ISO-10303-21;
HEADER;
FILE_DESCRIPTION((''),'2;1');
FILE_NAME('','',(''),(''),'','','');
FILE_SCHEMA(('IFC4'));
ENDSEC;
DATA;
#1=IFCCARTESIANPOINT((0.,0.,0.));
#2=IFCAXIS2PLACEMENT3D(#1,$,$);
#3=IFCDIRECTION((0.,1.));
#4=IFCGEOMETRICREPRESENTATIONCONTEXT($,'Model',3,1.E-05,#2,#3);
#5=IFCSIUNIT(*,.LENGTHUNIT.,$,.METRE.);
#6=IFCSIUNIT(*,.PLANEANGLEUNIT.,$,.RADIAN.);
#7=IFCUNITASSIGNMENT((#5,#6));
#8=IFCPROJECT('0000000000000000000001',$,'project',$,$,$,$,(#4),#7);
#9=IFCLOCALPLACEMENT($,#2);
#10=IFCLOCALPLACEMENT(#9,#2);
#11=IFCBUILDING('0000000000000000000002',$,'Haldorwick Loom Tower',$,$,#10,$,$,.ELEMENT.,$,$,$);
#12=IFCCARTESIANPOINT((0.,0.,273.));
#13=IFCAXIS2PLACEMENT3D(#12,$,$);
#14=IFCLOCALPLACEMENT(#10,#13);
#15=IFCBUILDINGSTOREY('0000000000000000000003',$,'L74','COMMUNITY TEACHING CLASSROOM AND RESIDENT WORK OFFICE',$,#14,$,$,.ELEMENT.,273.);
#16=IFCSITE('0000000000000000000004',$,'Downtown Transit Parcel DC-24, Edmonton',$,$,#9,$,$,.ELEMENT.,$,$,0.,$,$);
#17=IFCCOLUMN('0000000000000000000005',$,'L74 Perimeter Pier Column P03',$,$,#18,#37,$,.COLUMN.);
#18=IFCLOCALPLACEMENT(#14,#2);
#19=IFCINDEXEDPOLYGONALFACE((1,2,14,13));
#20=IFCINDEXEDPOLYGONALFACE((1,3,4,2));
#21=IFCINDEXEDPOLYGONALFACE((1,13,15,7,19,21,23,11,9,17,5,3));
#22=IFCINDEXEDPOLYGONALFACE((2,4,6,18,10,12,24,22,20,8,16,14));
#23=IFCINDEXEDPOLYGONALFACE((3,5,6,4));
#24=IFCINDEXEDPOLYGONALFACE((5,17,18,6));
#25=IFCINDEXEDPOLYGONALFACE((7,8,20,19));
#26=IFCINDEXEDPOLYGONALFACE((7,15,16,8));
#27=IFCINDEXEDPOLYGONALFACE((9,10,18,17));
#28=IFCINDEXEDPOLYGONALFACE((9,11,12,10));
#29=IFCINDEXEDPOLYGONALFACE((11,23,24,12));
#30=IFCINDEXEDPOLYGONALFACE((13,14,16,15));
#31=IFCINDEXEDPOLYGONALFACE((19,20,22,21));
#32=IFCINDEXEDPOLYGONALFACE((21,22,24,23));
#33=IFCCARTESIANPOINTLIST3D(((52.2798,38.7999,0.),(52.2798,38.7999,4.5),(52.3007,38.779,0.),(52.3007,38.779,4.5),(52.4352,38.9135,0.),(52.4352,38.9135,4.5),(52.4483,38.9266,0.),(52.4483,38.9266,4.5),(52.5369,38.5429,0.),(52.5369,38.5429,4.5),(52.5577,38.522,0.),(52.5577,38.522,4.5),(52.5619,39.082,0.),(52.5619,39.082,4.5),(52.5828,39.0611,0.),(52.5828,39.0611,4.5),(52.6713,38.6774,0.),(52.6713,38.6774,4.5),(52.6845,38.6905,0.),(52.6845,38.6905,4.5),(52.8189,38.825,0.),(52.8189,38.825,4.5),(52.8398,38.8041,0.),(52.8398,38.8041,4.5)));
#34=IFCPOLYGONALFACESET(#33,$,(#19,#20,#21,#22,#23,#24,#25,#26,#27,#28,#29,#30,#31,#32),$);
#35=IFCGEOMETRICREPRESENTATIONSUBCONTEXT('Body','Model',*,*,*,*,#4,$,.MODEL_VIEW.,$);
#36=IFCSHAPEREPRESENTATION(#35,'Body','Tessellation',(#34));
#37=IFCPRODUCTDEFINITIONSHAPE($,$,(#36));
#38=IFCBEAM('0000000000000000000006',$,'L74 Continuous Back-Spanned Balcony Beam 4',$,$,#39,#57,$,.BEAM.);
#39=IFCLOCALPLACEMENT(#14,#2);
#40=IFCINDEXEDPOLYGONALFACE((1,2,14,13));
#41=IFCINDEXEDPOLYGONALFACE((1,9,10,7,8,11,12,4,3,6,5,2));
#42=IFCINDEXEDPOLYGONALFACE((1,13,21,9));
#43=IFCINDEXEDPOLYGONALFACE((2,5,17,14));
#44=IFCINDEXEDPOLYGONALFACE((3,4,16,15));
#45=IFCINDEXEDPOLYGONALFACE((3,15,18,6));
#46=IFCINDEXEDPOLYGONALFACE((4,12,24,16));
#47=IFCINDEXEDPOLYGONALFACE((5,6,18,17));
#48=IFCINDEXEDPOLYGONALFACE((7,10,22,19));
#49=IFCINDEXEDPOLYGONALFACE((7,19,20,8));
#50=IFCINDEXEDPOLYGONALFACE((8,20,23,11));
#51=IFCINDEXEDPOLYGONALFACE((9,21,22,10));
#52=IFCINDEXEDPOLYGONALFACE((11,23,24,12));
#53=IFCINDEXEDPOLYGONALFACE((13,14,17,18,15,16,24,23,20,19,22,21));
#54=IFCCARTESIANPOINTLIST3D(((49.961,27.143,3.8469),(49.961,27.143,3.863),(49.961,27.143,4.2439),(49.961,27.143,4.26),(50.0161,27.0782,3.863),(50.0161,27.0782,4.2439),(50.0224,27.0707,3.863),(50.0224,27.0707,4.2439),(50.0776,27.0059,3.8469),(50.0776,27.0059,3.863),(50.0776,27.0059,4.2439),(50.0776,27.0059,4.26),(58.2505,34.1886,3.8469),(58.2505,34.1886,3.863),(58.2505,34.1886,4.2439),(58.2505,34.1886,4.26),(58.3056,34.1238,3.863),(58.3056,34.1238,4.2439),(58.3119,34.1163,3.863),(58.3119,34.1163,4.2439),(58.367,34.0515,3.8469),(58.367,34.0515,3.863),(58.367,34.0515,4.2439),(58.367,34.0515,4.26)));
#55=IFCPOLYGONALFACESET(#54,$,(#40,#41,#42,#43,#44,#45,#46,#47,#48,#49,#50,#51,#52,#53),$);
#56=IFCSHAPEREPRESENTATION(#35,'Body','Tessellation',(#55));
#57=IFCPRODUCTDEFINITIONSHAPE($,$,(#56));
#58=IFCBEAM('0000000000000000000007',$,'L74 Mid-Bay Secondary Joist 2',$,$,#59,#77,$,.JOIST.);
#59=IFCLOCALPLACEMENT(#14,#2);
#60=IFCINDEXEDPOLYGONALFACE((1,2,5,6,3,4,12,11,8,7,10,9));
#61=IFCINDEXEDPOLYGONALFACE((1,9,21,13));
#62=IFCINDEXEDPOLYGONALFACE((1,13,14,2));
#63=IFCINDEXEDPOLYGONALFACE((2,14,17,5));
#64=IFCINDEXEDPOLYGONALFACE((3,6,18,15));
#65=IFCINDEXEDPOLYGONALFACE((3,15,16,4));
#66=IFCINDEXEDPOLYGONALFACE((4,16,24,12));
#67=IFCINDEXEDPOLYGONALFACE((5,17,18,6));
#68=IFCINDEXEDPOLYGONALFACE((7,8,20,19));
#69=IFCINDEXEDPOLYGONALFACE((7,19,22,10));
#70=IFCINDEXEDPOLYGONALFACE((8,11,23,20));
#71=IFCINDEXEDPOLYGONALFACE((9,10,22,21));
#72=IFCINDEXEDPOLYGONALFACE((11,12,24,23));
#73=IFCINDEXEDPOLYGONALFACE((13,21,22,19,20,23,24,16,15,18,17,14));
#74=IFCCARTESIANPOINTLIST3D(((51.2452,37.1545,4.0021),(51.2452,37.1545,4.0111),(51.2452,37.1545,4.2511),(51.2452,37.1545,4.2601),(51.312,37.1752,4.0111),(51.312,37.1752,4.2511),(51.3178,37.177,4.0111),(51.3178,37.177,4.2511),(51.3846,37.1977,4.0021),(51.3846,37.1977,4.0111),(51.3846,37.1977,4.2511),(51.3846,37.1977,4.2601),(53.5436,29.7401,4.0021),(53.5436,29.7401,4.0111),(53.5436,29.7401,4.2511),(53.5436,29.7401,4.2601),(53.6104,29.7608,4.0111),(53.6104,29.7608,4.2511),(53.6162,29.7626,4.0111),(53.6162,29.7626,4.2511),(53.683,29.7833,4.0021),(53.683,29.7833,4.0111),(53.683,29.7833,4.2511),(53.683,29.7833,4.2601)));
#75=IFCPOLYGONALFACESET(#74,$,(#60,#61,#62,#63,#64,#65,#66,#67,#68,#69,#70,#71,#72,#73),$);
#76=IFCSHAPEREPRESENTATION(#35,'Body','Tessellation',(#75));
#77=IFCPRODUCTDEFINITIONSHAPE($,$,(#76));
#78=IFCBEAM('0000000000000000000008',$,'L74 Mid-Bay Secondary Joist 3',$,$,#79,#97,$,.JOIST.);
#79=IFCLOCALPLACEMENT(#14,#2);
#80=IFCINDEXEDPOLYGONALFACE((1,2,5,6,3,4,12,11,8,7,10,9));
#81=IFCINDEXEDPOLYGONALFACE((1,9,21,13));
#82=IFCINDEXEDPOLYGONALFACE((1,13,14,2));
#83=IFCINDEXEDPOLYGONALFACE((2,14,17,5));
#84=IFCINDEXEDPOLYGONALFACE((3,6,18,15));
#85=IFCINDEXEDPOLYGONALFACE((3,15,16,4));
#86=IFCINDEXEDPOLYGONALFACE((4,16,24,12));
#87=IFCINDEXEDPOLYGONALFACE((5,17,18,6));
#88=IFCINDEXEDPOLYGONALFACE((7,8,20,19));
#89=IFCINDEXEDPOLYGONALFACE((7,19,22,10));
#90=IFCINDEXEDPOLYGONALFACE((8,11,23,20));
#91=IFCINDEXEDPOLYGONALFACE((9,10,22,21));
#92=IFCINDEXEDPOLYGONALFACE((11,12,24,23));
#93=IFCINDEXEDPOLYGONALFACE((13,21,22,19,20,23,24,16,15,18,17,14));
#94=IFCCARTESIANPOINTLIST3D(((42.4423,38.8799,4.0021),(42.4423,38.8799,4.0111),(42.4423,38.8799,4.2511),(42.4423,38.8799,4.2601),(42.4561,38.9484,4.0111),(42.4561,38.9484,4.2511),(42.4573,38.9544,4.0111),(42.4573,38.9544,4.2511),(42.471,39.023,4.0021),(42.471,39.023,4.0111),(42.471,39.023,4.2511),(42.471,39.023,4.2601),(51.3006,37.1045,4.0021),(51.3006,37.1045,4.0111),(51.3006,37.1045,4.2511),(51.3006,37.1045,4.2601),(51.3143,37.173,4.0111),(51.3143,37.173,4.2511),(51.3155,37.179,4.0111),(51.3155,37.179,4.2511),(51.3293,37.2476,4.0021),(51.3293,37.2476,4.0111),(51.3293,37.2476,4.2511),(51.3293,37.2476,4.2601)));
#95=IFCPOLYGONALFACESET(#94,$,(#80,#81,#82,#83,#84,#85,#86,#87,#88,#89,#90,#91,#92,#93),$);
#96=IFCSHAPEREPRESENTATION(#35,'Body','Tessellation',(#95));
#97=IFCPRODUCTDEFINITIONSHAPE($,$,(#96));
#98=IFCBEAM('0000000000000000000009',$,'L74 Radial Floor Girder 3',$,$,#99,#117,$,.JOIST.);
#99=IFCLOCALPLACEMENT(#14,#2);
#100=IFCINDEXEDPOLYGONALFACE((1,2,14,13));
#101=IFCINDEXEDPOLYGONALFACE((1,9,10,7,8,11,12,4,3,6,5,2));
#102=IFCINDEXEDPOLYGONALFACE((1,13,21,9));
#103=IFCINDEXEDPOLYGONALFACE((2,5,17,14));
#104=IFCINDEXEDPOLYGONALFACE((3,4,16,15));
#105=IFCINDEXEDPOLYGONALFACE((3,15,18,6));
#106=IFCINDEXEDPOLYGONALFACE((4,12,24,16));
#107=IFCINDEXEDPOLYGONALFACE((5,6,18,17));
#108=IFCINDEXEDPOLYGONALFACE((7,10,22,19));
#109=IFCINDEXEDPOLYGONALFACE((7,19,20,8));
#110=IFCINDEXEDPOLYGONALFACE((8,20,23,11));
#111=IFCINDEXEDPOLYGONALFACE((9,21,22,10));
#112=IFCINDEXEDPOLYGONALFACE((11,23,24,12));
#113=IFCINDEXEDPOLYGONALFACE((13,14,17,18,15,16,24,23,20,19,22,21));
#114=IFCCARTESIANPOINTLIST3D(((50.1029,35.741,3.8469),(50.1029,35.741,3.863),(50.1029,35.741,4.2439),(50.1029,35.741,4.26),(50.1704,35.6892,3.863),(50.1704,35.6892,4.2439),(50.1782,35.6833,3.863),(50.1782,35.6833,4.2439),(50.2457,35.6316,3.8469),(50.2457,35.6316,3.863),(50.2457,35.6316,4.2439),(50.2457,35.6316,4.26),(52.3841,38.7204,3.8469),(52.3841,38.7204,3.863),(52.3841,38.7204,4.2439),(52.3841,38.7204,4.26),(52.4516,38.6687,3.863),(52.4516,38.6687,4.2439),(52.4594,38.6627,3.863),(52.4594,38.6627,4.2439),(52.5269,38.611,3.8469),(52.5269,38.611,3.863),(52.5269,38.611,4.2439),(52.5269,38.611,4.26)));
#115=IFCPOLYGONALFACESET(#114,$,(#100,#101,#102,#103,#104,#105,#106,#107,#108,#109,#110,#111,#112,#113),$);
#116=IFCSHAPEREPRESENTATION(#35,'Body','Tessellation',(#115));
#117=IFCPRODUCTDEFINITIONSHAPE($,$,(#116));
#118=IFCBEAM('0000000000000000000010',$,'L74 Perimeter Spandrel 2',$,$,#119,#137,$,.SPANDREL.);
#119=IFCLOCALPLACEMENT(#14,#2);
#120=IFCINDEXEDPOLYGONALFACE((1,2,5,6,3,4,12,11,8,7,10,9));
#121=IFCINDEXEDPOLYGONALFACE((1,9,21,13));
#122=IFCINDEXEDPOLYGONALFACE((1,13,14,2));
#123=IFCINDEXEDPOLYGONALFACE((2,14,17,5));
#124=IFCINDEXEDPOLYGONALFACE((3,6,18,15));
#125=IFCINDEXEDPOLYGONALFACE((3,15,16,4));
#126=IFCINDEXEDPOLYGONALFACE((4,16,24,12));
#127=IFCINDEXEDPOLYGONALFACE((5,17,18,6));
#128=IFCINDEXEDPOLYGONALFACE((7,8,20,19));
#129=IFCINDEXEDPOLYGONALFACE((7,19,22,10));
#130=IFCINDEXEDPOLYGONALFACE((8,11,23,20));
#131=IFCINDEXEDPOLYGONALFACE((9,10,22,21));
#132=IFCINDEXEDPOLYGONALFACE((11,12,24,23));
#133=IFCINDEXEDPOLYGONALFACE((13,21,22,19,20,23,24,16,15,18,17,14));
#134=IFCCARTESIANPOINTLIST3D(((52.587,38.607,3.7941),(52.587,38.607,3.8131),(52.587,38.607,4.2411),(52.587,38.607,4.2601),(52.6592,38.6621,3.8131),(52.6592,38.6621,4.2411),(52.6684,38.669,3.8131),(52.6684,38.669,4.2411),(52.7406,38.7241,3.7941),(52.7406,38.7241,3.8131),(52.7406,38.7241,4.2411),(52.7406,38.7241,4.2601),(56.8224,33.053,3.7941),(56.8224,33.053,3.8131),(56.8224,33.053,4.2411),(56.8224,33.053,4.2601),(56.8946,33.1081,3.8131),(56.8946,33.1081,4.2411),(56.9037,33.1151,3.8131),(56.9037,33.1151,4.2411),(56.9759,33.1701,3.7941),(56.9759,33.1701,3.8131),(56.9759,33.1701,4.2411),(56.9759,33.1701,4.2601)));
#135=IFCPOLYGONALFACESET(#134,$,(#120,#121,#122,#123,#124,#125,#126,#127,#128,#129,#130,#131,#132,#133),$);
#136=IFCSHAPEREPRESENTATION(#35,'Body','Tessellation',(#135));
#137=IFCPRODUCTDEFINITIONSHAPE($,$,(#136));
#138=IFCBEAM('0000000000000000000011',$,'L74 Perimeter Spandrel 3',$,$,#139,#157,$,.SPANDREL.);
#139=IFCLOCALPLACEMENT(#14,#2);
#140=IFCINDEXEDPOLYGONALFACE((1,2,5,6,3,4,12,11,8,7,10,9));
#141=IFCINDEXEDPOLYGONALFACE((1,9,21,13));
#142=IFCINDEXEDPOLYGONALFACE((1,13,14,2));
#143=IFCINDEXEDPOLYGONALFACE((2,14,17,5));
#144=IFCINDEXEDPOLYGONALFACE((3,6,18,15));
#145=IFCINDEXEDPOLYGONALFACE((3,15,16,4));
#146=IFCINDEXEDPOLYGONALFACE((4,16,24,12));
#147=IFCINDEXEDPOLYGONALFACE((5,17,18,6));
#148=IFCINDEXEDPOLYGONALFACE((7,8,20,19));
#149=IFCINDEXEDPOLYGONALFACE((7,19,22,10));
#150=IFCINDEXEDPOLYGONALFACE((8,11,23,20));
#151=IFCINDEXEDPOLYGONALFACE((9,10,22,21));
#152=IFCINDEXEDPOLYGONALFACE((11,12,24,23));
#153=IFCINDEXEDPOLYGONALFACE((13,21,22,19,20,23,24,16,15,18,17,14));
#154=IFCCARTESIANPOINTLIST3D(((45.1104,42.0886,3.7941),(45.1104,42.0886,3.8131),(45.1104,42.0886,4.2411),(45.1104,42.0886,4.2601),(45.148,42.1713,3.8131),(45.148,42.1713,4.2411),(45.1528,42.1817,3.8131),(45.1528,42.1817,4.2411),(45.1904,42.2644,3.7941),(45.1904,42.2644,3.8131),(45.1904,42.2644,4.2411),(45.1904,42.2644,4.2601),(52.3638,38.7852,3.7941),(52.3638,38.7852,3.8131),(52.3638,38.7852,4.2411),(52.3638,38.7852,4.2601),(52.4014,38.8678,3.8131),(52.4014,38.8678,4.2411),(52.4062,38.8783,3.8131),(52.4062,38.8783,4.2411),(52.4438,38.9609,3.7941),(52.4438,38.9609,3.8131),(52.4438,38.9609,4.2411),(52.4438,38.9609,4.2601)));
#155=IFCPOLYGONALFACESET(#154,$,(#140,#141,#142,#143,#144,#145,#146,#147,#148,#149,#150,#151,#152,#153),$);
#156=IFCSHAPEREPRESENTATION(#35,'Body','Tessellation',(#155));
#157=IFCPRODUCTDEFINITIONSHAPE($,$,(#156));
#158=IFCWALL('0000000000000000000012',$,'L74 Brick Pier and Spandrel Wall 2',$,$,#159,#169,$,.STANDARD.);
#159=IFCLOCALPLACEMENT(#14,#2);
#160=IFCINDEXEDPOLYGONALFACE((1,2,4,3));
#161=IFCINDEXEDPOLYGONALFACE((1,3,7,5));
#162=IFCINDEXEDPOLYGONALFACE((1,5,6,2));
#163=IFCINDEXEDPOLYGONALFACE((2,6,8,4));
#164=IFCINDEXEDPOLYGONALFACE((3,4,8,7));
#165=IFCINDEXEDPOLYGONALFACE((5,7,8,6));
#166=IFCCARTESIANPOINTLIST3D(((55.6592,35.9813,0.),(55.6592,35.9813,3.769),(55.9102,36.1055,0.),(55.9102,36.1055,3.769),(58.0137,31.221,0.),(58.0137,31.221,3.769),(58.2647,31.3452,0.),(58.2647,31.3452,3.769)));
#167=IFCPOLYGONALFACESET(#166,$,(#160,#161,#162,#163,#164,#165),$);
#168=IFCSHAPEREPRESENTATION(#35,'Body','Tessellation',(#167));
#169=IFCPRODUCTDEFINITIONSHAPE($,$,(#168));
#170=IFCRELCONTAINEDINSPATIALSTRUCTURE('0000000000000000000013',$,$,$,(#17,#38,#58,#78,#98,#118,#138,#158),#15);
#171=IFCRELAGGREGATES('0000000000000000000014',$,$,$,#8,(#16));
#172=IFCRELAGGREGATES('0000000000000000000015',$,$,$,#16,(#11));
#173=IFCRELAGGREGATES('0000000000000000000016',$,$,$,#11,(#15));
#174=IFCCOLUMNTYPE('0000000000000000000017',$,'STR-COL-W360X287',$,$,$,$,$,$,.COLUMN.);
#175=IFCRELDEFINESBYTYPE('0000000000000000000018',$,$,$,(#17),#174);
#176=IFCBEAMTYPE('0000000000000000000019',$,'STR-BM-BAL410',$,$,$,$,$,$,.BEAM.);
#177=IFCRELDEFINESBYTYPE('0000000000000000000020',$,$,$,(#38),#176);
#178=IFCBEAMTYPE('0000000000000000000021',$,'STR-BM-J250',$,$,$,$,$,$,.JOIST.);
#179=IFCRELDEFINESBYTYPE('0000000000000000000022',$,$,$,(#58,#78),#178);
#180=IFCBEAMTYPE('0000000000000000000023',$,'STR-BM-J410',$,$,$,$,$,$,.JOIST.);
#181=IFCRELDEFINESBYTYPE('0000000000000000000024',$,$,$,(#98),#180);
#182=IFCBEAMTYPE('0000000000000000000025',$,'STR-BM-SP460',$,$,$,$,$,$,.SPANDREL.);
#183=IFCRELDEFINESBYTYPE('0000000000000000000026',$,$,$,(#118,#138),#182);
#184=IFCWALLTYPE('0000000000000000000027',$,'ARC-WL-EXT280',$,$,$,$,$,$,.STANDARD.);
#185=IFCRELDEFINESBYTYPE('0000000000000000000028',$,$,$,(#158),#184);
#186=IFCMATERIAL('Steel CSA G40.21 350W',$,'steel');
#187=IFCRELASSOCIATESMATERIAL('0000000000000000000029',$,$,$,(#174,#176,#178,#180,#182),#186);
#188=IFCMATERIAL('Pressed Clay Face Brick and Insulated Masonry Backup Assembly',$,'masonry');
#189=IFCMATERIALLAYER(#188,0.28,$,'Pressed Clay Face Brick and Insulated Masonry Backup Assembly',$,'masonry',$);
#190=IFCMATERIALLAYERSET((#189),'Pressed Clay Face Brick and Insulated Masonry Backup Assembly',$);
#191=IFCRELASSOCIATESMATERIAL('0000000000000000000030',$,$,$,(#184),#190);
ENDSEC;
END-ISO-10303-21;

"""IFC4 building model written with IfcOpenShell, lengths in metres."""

from ifc_helpers import new_model, si_unit, direction, frame, frame_2d, origin, origin_2d, place, context, subcontext, project, spatial, rectangle, i_section, extrude, material, layer, layer_set, material_profile, profile_set, type_object, element, save


model = new_model("IFC4")

# Units and contexts
model_context = context("Model", 3, precision=1e-05, world=origin(), true_north=direction((0.0, 1.0)))
body_context = subcontext(model_context, "Body", "Model", "MODEL_VIEW")
ifc_project = project(units=[si_unit("LENGTHUNIT", "METRE"), si_unit("PLANEANGLEUNIT", "RADIAN")], contexts=[model_context])

# Site, building, storey
site_placement = place(None, origin())
site = spatial("IfcSite", under=ifc_project, at=site_placement, Name="Downtown Transit Parcel DC-24, Edmonton", CompositionType="ELEMENT", RefElevation=0.0)
building_placement = place(site_placement, origin())
building = spatial("IfcBuilding", under=site, at=building_placement, Name="Haldorwick Loom Tower", CompositionType="ELEMENT")
storey_placement = place(building_placement, frame((0.0, 0.0, 273.0)))
storey = spatial("IfcBuildingStorey", under=building, at=storey_placement, Name="L74", Description="COMMUNITY TEACHING CLASSROOM AND RESIDENT WORK OFFICE", CompositionType="ELEMENT", Elevation=273.0)

# Column
ifc_material_1 = material(Name="Steel CSA G40.21 350W", Category="steel")
ifc_material_profile_1 = material_profile(ifc_material_1, i_section(OverallWidth=0.3989, OverallDepth=0.3931, WebThickness=0.0186, FlangeThickness=0.0295, at=origin_2d()), Name="W360X287", Category="steel")
ifc_profile_set_1 = profile_set([ifc_material_profile_1], Name="Steel CSA G40.21 350W")
column_type_1 = type_object("IfcColumnType", Name="STR-COL-W360X287", PredefinedType="COLUMN", material=ifc_profile_set_1)
for number, where, z_axis, x_axis, name in (
    (1, (52.5598, 38.802, 0.0), (0.0, 0.0, 1.0), (0.707107, 0.707107, 0.0), "L74 Perimeter Pier Column P03"),
):
    element("IfcColumn", number, at=place(storey_placement, frame(where, z_axis=z_axis, x_axis=x_axis)), inside=storey, type_object=column_type_1, Name=name, PredefinedType="COLUMN", context=body_context, shape_type="SweptSolid", body=[
        extrude(i_section(OverallWidth=0.3989, OverallDepth=0.3931, WebThickness=0.0186, FlangeThickness=0.0295, at=origin_2d()), origin(), (0.0, 0.0, 1.0), 4.5),
    ])

# Beams
ifc_material_profile_2 = material_profile(ifc_material_1, i_section(OverallWidth=0.1799, OverallDepth=0.4131, WebThickness=0.0098, FlangeThickness=0.0161, at=origin_2d()), Name="W410X74", Category="steel")
ifc_profile_set_2 = profile_set([ifc_material_profile_2], Name="Steel CSA G40.21 350W")
beam_type_1 = type_object("IfcBeamType", Name="STR-BM-BAL410", PredefinedType="BEAM", material=ifc_profile_set_2)
beam_1_placement = place(storey_placement, frame((50.0193, 27.0745, 4.0535), z_axis=(0.76196, 0.647624, 0.0), x_axis=(-0.647624, 0.76196, 0.0)))
element("IfcBeam", 2, at=beam_1_placement, inside=storey, type_object=beam_type_1, Name="L74 Continuous Back-Spanned Balcony Beam 4", PredefinedType="BEAM", context=body_context, shape_type="SweptSolid", body=[
    extrude(i_section(OverallWidth=0.1799, OverallDepth=0.4131, WebThickness=0.0098, FlangeThickness=0.0161, at=origin_2d()), origin(), (0.0, 0.0, 1.0), 10.8792),
])
ifc_material_profile_3 = material_profile(ifc_material_1, i_section(OverallWidth=0.146, OverallDepth=0.2581, WebThickness=0.0061, FlangeThickness=0.009, at=origin_2d()), Name="W250X33", Category="steel")
ifc_profile_set_3 = profile_set([ifc_material_profile_3], Name="Steel CSA G40.21 350W")
beam_type_2 = type_object("IfcBeamType", Name="STR-BM-J250", PredefinedType="JOIST", material=ifc_profile_set_3)
beam_2_placement = place(storey_placement, frame((53.6133, 29.7617, 4.1311), z_axis=(-0.296088, 0.955161, 0.0), x_axis=(-0.955161, -0.296088, 0.0)))
element("IfcBeam", 3, at=beam_2_placement, inside=storey, type_object=beam_type_2, Name="L74 Mid-Bay Secondary Joist 2", PredefinedType="JOIST", context=body_context, shape_type="SweptSolid", body=[
    extrude(i_section(OverallWidth=0.146, OverallDepth=0.2581, WebThickness=0.0061, FlangeThickness=0.009, at=origin_2d()), origin(), (0.0, 0.0, 1.0), 7.7625),
])
beam_3_placement = place(storey_placement, frame((51.3149, 37.176, 4.1311), z_axis=(-0.980501, 0.196516, 0.0), x_axis=(-0.196516, -0.980501, 0.0)))
element("IfcBeam", 4, at=beam_3_placement, inside=storey, type_object=beam_type_2, Name="L74 Mid-Bay Secondary Joist 3", PredefinedType="JOIST", context=body_context, shape_type="SweptSolid", body=[
    extrude(i_section(OverallWidth=0.146, OverallDepth=0.2581, WebThickness=0.0061, FlangeThickness=0.009, at=origin_2d()), origin(), (0.0, 0.0, 1.0), 9.0344),
])
ifc_material_profile_4 = material_profile(ifc_material_1, i_section(OverallWidth=0.1799, OverallDepth=0.4131, WebThickness=0.0098, FlangeThickness=0.0161, at=origin_2d()), Name="W410X74", Category="steel")
ifc_profile_set_4 = profile_set([ifc_material_profile_4], Name="Steel CSA G40.21 350W")
beam_type_3 = type_object("IfcBeamType", Name="STR-BM-J410", PredefinedType="JOIST", material=ifc_profile_set_4)
beam_4_placement = place(storey_placement, frame((50.1743, 35.6863, 4.0535), z_axis=(0.607923, 0.793996, 0.0), x_axis=(-0.793996, 0.607923, 0.0)))
element("IfcBeam", 5, at=beam_4_placement, inside=storey, type_object=beam_type_3, Name="L74 Radial Floor Girder 3", PredefinedType="JOIST", context=body_context, shape_type="SweptSolid", body=[
    extrude(i_section(OverallWidth=0.1799, OverallDepth=0.4131, WebThickness=0.0098, FlangeThickness=0.0161, at=origin_2d()), origin(), (0.0, 0.0, 1.0), 3.7524),
])
ifc_material_profile_5 = material_profile(ifc_material_1, i_section(OverallWidth=0.1931, OverallDepth=0.4661, WebThickness=0.0115, FlangeThickness=0.019, at=origin_2d()), Name="W460X97", Category="steel")
ifc_profile_set_5 = profile_set([ifc_material_profile_5], Name="Steel CSA G40.21 350W")
beam_type_4 = type_object("IfcBeamType", Name="STR-BM-SP460", PredefinedType="SPANDREL", material=ifc_profile_set_5)
beam_5_placement = place(storey_placement, frame((56.8992, 33.1116, 4.0271), z_axis=(-0.606384, 0.795172, 0.0), x_axis=(-0.795172, -0.606384, 0.0)))
element("IfcBeam", 6, at=beam_5_placement, inside=storey, type_object=beam_type_4, Name="L74 Perimeter Spandrel 2", PredefinedType="SPANDREL", context=body_context, shape_type="SweptSolid", body=[
    extrude(i_section(OverallWidth=0.1931, OverallDepth=0.4661, WebThickness=0.0115, FlangeThickness=0.019, at=origin_2d()), origin(), (0.0, 0.0, 1.0), 6.9846),
])
beam_6_placement = place(storey_placement, frame((52.4038, 38.873, 4.0271), z_axis=(-0.910061, 0.414474, 0.0), x_axis=(-0.414474, -0.910061, 0.0)))
element("IfcBeam", 7, at=beam_6_placement, inside=storey, type_object=beam_type_4, Name="L74 Perimeter Spandrel 3", PredefinedType="SPANDREL", context=body_context, shape_type="SweptSolid", body=[
    extrude(i_section(OverallWidth=0.1931, OverallDepth=0.4661, WebThickness=0.0115, FlangeThickness=0.019, at=origin_2d()), origin(), (0.0, 0.0, 1.0), 7.9702),
])

# Wall
ifc_material_2 = material(Name="Pressed Clay Face Brick and Insulated Masonry Backup Assembly", Category="masonry")
ifc_layer_1 = layer(ifc_material_2, 0.28, Name="Pressed Clay Face Brick and Insulated Masonry Backup Assembly", Category="masonry")
ifc_layer_set_1 = layer_set([ifc_layer_1], Name="Pressed Clay Face Brick and Insulated Masonry Backup Assembly")
wall_type_1 = type_object("IfcWallType", Name="ARC-WL-EXT280", PredefinedType="STANDARD", material=ifc_layer_set_1)
wall_1_placement = place(storey_placement, frame((58.1392, 31.2832, 0.0), z_axis=(0.0, 0.0, 1.0), x_axis=(-0.443348, 0.89635, 0.0)))
element("IfcWall", 8, at=wall_1_placement, inside=storey, type_object=wall_type_1, Name="L74 Brick Pier and Spandrel Wall 2", PredefinedType="STANDARD", context=body_context, shape_type="SweptSolid", body=[
    extrude(rectangle(XDim=5.3108, YDim=0.28, at=frame_2d((2.6553, 0.0))), origin(), (0.0, 0.0, 1.0), 3.769),
])

save(model, "model.ifc")
